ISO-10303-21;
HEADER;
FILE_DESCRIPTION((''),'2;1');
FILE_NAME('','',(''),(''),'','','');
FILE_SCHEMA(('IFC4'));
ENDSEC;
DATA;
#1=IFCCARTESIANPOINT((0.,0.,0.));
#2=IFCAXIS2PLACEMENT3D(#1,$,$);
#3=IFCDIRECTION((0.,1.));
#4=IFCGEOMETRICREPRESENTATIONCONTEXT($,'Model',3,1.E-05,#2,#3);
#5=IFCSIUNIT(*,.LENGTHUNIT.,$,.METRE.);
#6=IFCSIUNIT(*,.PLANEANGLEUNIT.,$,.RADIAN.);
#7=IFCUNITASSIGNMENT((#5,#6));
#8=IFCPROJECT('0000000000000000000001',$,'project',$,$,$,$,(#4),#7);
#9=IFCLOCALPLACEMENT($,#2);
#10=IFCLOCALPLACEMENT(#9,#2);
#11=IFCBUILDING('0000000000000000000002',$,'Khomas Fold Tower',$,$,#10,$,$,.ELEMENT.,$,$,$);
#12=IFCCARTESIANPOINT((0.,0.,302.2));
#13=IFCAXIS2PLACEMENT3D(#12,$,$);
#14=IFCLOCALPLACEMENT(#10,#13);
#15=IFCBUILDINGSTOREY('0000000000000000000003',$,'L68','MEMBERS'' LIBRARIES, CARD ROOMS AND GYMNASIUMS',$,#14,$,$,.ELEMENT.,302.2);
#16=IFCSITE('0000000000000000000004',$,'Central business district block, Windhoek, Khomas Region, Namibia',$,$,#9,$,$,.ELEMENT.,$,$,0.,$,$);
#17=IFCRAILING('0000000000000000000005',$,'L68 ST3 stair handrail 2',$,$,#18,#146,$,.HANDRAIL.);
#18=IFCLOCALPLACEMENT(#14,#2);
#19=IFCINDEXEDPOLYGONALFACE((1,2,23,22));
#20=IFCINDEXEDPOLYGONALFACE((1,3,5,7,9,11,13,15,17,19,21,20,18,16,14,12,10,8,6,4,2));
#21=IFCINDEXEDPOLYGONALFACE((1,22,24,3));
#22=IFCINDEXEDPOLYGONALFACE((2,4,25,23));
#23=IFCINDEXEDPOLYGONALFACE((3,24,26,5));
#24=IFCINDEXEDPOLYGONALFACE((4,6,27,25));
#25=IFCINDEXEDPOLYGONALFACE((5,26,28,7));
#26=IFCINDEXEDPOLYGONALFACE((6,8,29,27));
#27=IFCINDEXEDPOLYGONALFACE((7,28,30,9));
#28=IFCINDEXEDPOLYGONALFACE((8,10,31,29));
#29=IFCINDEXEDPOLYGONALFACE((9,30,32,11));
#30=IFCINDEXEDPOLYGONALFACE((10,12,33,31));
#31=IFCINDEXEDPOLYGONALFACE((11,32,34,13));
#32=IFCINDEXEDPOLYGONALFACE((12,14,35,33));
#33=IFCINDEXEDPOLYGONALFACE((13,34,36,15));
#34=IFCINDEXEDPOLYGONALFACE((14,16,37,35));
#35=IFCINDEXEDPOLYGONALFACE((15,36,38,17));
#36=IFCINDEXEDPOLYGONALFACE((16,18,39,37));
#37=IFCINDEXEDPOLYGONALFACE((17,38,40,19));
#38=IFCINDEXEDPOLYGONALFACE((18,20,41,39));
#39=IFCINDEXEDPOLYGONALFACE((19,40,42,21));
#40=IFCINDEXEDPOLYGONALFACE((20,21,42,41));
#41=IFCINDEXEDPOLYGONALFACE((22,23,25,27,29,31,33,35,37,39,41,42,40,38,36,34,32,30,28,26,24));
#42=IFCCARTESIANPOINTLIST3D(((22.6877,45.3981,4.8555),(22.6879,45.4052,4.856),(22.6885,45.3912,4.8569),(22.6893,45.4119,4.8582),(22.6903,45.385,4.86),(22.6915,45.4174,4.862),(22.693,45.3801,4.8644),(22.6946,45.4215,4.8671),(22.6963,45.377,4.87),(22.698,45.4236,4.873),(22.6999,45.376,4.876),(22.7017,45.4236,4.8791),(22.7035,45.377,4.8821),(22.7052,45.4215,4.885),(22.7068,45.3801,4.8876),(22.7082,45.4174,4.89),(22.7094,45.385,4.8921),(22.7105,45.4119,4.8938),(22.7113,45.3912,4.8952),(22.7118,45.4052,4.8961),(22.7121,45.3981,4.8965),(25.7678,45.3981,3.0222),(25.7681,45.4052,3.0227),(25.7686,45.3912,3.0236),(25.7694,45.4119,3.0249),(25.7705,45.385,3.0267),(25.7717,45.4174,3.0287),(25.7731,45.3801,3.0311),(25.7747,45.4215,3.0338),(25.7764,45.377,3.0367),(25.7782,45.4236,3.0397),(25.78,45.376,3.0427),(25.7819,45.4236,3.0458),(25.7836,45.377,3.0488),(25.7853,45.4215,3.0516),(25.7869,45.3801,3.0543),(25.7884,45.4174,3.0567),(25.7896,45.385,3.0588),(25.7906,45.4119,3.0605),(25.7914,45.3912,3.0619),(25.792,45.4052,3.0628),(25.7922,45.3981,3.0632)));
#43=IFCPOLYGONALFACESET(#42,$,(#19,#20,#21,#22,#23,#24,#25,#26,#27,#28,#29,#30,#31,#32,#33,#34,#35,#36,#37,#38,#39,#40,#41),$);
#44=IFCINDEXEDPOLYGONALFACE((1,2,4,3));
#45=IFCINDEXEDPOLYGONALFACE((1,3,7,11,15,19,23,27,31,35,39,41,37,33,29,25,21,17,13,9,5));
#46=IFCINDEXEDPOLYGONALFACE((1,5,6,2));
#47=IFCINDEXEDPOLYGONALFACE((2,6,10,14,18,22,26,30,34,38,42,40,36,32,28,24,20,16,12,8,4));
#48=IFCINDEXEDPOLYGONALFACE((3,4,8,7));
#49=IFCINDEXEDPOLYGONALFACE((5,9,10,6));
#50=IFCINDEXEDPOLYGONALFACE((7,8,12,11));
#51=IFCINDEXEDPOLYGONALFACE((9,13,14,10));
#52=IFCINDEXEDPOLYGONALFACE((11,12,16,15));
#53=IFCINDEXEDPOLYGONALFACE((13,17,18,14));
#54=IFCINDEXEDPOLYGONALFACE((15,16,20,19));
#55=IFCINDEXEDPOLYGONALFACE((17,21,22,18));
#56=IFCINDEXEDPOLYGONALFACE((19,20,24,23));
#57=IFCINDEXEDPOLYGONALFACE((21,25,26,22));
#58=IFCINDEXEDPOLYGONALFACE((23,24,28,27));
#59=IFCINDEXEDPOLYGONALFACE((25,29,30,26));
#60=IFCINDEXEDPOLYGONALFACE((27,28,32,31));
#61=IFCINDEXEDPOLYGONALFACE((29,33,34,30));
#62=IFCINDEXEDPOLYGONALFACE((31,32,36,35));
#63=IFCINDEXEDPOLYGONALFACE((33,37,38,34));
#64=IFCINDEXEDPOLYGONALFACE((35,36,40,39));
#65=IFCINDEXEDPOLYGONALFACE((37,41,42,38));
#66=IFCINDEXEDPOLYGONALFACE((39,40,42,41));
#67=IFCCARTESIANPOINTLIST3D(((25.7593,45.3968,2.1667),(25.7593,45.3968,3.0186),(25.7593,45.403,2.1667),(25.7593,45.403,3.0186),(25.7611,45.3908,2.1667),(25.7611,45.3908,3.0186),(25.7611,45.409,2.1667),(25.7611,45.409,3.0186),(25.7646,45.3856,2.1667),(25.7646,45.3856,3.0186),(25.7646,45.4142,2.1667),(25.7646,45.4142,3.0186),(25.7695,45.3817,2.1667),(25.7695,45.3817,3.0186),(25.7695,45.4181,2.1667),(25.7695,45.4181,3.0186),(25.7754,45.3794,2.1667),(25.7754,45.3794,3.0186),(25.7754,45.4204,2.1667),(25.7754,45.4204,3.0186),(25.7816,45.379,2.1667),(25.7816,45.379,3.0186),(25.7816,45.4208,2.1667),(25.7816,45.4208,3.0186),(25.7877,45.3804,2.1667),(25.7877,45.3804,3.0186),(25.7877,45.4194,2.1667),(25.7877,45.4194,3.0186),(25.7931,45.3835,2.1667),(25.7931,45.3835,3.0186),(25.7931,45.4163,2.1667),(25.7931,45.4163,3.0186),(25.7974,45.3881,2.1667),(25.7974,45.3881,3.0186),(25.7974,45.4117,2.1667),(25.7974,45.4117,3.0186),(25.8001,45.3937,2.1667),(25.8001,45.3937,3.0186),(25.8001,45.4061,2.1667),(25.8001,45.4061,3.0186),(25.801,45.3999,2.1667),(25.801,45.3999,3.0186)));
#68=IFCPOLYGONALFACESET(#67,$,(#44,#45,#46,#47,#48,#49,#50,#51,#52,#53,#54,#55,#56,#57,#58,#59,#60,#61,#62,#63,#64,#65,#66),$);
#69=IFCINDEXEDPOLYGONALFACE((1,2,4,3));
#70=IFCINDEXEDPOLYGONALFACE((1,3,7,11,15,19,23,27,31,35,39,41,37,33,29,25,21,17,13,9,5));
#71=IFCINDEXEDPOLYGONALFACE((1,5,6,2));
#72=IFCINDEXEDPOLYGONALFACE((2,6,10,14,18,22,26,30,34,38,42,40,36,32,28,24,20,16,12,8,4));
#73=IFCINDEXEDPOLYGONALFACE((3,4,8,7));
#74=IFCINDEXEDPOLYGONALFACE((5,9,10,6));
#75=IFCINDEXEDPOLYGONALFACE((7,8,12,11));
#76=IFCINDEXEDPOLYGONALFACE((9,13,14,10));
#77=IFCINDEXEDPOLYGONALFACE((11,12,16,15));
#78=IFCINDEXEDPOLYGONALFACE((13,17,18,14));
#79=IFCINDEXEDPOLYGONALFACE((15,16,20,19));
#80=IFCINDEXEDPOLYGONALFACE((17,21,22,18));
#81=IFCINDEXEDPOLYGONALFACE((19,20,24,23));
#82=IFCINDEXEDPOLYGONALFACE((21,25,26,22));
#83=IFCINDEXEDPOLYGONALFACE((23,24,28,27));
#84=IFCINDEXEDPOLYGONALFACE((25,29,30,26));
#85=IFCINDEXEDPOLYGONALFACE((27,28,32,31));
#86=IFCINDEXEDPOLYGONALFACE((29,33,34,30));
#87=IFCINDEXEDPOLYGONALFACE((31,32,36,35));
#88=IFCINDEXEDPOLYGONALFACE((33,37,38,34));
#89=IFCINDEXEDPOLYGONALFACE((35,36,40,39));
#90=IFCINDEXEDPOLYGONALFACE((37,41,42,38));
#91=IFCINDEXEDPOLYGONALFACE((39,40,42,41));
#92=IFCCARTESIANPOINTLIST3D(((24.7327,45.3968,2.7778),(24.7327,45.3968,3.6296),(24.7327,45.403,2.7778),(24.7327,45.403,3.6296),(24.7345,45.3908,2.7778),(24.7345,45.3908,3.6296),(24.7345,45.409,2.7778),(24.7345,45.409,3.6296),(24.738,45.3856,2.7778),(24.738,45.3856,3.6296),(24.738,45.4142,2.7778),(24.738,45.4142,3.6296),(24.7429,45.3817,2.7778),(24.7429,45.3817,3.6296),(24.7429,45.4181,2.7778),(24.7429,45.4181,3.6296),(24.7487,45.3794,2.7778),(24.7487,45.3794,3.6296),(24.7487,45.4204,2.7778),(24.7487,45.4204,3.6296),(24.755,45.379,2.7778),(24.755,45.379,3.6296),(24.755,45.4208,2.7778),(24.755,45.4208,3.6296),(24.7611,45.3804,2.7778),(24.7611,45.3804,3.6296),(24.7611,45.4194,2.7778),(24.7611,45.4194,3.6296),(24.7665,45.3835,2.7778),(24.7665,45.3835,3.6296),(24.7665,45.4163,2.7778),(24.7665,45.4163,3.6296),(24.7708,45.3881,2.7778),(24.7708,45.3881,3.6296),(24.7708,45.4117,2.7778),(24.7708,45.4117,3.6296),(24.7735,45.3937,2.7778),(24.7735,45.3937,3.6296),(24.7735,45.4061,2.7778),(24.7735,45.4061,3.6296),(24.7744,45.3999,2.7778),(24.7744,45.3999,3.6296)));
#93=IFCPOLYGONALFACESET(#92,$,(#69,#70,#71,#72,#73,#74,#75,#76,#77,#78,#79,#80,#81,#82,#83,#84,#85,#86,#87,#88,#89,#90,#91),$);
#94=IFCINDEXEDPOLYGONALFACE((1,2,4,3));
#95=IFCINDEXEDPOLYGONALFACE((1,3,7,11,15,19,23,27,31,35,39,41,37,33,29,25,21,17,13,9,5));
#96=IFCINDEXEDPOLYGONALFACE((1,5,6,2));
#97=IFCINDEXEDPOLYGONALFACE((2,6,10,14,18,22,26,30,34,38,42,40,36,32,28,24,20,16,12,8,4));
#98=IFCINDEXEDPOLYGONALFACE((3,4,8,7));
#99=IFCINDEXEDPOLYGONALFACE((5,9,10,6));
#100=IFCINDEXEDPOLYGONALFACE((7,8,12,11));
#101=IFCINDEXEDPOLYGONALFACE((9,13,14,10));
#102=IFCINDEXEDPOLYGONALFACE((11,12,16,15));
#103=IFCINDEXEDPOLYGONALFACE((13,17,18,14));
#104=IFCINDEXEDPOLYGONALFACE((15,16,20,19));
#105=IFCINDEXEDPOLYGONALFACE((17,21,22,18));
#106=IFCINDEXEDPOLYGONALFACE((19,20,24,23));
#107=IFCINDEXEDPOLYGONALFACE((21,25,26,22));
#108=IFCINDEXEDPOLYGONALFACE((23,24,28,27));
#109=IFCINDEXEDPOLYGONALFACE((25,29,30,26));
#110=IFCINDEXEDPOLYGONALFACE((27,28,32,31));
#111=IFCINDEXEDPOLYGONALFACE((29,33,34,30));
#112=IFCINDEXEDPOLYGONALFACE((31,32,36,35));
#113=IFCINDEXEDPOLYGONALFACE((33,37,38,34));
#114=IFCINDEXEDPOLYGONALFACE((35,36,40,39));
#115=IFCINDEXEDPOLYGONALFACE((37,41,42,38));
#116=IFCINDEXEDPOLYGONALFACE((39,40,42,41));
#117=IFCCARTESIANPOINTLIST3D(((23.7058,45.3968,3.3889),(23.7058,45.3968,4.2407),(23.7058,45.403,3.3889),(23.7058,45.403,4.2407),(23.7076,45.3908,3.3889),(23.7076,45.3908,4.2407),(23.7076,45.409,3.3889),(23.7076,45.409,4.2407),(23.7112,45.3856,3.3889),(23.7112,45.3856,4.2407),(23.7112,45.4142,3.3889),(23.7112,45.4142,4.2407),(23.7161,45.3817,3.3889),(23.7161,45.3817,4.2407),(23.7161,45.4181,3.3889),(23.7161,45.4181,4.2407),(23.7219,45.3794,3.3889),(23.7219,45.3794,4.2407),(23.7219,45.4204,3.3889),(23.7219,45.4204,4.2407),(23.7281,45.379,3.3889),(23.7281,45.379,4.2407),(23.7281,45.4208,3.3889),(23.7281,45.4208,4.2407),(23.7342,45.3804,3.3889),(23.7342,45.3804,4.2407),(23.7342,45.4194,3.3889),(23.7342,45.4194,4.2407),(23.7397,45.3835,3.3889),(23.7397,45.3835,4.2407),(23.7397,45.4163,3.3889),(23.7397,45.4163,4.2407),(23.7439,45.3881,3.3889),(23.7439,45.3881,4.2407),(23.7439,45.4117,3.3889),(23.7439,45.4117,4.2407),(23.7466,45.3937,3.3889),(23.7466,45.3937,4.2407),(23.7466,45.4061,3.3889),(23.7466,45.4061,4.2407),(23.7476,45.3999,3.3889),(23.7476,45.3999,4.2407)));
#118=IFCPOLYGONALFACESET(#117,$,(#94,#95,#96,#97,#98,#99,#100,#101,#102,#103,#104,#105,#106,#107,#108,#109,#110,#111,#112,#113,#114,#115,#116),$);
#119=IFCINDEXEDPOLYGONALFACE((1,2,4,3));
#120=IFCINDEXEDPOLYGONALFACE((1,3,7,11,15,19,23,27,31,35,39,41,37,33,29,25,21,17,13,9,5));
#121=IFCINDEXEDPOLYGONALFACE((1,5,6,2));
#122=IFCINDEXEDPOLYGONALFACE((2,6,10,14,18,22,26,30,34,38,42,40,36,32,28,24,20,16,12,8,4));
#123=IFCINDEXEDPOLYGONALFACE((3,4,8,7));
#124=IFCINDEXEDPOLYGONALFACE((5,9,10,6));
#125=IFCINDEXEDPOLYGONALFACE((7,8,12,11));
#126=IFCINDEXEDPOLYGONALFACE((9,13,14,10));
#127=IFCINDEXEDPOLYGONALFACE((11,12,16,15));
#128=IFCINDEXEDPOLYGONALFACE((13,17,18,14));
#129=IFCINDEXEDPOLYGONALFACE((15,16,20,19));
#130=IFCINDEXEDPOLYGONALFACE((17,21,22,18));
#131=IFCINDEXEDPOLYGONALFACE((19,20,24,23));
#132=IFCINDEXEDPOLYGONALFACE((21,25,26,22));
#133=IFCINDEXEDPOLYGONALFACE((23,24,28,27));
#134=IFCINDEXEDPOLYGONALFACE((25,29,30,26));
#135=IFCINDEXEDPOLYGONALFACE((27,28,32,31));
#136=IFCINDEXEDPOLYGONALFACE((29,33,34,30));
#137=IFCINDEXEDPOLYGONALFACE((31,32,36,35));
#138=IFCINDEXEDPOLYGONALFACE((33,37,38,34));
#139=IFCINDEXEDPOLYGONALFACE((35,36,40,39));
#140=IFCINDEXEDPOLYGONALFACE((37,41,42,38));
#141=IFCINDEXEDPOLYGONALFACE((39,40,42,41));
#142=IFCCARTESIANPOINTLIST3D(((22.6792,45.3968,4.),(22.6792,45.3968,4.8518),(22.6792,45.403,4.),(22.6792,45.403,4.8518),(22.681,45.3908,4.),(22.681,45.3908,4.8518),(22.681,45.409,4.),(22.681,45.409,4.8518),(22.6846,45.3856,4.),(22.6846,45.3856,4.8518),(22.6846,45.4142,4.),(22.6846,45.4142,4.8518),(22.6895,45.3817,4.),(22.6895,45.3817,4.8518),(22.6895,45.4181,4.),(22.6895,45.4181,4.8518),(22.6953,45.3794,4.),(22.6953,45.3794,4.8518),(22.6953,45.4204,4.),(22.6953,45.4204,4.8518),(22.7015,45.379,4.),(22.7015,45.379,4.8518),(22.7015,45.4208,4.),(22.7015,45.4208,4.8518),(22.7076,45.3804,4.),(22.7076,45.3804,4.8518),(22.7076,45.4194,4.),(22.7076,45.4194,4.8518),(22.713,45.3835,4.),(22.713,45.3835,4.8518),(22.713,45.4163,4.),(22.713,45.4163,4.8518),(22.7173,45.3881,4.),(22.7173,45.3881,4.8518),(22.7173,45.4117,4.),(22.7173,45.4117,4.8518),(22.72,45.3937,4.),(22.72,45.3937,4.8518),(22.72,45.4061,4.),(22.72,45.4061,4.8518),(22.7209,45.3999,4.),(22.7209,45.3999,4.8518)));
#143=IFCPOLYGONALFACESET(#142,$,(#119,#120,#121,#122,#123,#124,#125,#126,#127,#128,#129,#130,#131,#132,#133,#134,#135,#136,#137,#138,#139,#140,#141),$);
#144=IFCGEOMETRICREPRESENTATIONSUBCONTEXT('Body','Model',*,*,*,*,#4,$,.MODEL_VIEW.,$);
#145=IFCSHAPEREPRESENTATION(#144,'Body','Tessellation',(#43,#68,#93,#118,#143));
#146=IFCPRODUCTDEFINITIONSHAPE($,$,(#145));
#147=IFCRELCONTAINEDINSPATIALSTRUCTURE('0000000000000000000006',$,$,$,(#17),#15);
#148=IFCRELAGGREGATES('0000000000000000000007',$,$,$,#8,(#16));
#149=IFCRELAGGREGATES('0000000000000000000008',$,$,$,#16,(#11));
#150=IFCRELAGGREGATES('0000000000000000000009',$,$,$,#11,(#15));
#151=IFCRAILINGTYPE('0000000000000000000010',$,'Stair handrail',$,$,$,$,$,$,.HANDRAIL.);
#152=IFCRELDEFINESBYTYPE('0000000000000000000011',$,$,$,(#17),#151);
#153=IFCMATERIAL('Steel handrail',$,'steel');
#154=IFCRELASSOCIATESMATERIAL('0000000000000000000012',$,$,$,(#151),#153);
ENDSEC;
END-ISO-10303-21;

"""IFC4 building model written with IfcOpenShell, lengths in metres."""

from ifc_helpers import new_model, si_unit, direction, frame, origin, origin_2d, place, context, subcontext, project, spatial, circle, extrude, source, transform, mapped, material, type_object, element, save


model = new_model("IFC4")

# Units and contexts
model_context = context("Model", 3, precision=1e-05, world=origin(), true_north=direction((0.0, 1.0)))
body_context = subcontext(model_context, "Body", "Model", "MODEL_VIEW")
ifc_project = project(units=[si_unit("LENGTHUNIT", "METRE"), si_unit("PLANEANGLEUNIT", "RADIAN")], contexts=[model_context])

# Site, building, storey
site_placement = place(None, origin())
site = spatial("IfcSite", under=ifc_project, at=site_placement, Name="Central business district block, Windhoek, Khomas Region, Namibia", CompositionType="ELEMENT", RefElevation=0.0)
building_placement = place(site_placement, origin())
building = spatial("IfcBuilding", under=site, at=building_placement, Name="Khomas Fold Tower", CompositionType="ELEMENT")
storey_placement = place(building_placement, frame((0.0, 0.0, 302.2)))
storey = spatial("IfcBuildingStorey", under=building, at=storey_placement, Name="L68", Description="MEMBERS' LIBRARIES, CARD ROOMS AND GYMNASIUMS", CompositionType="ELEMENT", Elevation=302.2)

# Railing
ifc_material_1 = material(Name="Steel handrail", Category="steel")
railing_type_1 = type_object("IfcRailingType", Name="Stair handrail", PredefinedType="HANDRAIL", material=ifc_material_1)
shared_shape_1 = source(origin(), body_context, "Body", "SweptSolid", [
    extrude(circle(Radius=0.0239, at=origin_2d()), frame((0.0, 0.0, 0.876), z_axis=(-0.859309, 0.0, 0.511458), x_axis=(0.0, -1.0, 0.0)), (0.0, 0.0, 1.0), 3.5845),
    extrude(circle(Radius=0.021, at=origin_2d()), origin(), (0.0, 0.0, 1.0), 0.8518),
    extrude(circle(Radius=0.021, at=origin_2d()), frame((-1.0266, 0.0, 0.6111)), (0.0, 0.0, 1.0), 0.8518),
    extrude(circle(Radius=0.021, at=origin_2d()), frame((-2.0535, 0.0, 1.2222)), (0.0, 0.0, 1.0), 0.8518),
    extrude(circle(Radius=0.021, at=origin_2d()), frame((-3.0801, 0.0, 1.8333)), (0.0, 0.0, 1.0), 0.8518),
])
railing_1_placement = place(storey_placement, frame((25.78, 45.3999, 2.1667)))
element("IfcRailing", 1, at=railing_1_placement, inside=storey, type_object=railing_type_1, Name="L68 ST3 stair handrail 2", PredefinedType="HANDRAIL", context=body_context, shape_type="MappedRepresentation", body=[
    mapped(shared_shape_1, transform((0.0, 0.0, 0.0))),
])

save(model, "model.ifc")
